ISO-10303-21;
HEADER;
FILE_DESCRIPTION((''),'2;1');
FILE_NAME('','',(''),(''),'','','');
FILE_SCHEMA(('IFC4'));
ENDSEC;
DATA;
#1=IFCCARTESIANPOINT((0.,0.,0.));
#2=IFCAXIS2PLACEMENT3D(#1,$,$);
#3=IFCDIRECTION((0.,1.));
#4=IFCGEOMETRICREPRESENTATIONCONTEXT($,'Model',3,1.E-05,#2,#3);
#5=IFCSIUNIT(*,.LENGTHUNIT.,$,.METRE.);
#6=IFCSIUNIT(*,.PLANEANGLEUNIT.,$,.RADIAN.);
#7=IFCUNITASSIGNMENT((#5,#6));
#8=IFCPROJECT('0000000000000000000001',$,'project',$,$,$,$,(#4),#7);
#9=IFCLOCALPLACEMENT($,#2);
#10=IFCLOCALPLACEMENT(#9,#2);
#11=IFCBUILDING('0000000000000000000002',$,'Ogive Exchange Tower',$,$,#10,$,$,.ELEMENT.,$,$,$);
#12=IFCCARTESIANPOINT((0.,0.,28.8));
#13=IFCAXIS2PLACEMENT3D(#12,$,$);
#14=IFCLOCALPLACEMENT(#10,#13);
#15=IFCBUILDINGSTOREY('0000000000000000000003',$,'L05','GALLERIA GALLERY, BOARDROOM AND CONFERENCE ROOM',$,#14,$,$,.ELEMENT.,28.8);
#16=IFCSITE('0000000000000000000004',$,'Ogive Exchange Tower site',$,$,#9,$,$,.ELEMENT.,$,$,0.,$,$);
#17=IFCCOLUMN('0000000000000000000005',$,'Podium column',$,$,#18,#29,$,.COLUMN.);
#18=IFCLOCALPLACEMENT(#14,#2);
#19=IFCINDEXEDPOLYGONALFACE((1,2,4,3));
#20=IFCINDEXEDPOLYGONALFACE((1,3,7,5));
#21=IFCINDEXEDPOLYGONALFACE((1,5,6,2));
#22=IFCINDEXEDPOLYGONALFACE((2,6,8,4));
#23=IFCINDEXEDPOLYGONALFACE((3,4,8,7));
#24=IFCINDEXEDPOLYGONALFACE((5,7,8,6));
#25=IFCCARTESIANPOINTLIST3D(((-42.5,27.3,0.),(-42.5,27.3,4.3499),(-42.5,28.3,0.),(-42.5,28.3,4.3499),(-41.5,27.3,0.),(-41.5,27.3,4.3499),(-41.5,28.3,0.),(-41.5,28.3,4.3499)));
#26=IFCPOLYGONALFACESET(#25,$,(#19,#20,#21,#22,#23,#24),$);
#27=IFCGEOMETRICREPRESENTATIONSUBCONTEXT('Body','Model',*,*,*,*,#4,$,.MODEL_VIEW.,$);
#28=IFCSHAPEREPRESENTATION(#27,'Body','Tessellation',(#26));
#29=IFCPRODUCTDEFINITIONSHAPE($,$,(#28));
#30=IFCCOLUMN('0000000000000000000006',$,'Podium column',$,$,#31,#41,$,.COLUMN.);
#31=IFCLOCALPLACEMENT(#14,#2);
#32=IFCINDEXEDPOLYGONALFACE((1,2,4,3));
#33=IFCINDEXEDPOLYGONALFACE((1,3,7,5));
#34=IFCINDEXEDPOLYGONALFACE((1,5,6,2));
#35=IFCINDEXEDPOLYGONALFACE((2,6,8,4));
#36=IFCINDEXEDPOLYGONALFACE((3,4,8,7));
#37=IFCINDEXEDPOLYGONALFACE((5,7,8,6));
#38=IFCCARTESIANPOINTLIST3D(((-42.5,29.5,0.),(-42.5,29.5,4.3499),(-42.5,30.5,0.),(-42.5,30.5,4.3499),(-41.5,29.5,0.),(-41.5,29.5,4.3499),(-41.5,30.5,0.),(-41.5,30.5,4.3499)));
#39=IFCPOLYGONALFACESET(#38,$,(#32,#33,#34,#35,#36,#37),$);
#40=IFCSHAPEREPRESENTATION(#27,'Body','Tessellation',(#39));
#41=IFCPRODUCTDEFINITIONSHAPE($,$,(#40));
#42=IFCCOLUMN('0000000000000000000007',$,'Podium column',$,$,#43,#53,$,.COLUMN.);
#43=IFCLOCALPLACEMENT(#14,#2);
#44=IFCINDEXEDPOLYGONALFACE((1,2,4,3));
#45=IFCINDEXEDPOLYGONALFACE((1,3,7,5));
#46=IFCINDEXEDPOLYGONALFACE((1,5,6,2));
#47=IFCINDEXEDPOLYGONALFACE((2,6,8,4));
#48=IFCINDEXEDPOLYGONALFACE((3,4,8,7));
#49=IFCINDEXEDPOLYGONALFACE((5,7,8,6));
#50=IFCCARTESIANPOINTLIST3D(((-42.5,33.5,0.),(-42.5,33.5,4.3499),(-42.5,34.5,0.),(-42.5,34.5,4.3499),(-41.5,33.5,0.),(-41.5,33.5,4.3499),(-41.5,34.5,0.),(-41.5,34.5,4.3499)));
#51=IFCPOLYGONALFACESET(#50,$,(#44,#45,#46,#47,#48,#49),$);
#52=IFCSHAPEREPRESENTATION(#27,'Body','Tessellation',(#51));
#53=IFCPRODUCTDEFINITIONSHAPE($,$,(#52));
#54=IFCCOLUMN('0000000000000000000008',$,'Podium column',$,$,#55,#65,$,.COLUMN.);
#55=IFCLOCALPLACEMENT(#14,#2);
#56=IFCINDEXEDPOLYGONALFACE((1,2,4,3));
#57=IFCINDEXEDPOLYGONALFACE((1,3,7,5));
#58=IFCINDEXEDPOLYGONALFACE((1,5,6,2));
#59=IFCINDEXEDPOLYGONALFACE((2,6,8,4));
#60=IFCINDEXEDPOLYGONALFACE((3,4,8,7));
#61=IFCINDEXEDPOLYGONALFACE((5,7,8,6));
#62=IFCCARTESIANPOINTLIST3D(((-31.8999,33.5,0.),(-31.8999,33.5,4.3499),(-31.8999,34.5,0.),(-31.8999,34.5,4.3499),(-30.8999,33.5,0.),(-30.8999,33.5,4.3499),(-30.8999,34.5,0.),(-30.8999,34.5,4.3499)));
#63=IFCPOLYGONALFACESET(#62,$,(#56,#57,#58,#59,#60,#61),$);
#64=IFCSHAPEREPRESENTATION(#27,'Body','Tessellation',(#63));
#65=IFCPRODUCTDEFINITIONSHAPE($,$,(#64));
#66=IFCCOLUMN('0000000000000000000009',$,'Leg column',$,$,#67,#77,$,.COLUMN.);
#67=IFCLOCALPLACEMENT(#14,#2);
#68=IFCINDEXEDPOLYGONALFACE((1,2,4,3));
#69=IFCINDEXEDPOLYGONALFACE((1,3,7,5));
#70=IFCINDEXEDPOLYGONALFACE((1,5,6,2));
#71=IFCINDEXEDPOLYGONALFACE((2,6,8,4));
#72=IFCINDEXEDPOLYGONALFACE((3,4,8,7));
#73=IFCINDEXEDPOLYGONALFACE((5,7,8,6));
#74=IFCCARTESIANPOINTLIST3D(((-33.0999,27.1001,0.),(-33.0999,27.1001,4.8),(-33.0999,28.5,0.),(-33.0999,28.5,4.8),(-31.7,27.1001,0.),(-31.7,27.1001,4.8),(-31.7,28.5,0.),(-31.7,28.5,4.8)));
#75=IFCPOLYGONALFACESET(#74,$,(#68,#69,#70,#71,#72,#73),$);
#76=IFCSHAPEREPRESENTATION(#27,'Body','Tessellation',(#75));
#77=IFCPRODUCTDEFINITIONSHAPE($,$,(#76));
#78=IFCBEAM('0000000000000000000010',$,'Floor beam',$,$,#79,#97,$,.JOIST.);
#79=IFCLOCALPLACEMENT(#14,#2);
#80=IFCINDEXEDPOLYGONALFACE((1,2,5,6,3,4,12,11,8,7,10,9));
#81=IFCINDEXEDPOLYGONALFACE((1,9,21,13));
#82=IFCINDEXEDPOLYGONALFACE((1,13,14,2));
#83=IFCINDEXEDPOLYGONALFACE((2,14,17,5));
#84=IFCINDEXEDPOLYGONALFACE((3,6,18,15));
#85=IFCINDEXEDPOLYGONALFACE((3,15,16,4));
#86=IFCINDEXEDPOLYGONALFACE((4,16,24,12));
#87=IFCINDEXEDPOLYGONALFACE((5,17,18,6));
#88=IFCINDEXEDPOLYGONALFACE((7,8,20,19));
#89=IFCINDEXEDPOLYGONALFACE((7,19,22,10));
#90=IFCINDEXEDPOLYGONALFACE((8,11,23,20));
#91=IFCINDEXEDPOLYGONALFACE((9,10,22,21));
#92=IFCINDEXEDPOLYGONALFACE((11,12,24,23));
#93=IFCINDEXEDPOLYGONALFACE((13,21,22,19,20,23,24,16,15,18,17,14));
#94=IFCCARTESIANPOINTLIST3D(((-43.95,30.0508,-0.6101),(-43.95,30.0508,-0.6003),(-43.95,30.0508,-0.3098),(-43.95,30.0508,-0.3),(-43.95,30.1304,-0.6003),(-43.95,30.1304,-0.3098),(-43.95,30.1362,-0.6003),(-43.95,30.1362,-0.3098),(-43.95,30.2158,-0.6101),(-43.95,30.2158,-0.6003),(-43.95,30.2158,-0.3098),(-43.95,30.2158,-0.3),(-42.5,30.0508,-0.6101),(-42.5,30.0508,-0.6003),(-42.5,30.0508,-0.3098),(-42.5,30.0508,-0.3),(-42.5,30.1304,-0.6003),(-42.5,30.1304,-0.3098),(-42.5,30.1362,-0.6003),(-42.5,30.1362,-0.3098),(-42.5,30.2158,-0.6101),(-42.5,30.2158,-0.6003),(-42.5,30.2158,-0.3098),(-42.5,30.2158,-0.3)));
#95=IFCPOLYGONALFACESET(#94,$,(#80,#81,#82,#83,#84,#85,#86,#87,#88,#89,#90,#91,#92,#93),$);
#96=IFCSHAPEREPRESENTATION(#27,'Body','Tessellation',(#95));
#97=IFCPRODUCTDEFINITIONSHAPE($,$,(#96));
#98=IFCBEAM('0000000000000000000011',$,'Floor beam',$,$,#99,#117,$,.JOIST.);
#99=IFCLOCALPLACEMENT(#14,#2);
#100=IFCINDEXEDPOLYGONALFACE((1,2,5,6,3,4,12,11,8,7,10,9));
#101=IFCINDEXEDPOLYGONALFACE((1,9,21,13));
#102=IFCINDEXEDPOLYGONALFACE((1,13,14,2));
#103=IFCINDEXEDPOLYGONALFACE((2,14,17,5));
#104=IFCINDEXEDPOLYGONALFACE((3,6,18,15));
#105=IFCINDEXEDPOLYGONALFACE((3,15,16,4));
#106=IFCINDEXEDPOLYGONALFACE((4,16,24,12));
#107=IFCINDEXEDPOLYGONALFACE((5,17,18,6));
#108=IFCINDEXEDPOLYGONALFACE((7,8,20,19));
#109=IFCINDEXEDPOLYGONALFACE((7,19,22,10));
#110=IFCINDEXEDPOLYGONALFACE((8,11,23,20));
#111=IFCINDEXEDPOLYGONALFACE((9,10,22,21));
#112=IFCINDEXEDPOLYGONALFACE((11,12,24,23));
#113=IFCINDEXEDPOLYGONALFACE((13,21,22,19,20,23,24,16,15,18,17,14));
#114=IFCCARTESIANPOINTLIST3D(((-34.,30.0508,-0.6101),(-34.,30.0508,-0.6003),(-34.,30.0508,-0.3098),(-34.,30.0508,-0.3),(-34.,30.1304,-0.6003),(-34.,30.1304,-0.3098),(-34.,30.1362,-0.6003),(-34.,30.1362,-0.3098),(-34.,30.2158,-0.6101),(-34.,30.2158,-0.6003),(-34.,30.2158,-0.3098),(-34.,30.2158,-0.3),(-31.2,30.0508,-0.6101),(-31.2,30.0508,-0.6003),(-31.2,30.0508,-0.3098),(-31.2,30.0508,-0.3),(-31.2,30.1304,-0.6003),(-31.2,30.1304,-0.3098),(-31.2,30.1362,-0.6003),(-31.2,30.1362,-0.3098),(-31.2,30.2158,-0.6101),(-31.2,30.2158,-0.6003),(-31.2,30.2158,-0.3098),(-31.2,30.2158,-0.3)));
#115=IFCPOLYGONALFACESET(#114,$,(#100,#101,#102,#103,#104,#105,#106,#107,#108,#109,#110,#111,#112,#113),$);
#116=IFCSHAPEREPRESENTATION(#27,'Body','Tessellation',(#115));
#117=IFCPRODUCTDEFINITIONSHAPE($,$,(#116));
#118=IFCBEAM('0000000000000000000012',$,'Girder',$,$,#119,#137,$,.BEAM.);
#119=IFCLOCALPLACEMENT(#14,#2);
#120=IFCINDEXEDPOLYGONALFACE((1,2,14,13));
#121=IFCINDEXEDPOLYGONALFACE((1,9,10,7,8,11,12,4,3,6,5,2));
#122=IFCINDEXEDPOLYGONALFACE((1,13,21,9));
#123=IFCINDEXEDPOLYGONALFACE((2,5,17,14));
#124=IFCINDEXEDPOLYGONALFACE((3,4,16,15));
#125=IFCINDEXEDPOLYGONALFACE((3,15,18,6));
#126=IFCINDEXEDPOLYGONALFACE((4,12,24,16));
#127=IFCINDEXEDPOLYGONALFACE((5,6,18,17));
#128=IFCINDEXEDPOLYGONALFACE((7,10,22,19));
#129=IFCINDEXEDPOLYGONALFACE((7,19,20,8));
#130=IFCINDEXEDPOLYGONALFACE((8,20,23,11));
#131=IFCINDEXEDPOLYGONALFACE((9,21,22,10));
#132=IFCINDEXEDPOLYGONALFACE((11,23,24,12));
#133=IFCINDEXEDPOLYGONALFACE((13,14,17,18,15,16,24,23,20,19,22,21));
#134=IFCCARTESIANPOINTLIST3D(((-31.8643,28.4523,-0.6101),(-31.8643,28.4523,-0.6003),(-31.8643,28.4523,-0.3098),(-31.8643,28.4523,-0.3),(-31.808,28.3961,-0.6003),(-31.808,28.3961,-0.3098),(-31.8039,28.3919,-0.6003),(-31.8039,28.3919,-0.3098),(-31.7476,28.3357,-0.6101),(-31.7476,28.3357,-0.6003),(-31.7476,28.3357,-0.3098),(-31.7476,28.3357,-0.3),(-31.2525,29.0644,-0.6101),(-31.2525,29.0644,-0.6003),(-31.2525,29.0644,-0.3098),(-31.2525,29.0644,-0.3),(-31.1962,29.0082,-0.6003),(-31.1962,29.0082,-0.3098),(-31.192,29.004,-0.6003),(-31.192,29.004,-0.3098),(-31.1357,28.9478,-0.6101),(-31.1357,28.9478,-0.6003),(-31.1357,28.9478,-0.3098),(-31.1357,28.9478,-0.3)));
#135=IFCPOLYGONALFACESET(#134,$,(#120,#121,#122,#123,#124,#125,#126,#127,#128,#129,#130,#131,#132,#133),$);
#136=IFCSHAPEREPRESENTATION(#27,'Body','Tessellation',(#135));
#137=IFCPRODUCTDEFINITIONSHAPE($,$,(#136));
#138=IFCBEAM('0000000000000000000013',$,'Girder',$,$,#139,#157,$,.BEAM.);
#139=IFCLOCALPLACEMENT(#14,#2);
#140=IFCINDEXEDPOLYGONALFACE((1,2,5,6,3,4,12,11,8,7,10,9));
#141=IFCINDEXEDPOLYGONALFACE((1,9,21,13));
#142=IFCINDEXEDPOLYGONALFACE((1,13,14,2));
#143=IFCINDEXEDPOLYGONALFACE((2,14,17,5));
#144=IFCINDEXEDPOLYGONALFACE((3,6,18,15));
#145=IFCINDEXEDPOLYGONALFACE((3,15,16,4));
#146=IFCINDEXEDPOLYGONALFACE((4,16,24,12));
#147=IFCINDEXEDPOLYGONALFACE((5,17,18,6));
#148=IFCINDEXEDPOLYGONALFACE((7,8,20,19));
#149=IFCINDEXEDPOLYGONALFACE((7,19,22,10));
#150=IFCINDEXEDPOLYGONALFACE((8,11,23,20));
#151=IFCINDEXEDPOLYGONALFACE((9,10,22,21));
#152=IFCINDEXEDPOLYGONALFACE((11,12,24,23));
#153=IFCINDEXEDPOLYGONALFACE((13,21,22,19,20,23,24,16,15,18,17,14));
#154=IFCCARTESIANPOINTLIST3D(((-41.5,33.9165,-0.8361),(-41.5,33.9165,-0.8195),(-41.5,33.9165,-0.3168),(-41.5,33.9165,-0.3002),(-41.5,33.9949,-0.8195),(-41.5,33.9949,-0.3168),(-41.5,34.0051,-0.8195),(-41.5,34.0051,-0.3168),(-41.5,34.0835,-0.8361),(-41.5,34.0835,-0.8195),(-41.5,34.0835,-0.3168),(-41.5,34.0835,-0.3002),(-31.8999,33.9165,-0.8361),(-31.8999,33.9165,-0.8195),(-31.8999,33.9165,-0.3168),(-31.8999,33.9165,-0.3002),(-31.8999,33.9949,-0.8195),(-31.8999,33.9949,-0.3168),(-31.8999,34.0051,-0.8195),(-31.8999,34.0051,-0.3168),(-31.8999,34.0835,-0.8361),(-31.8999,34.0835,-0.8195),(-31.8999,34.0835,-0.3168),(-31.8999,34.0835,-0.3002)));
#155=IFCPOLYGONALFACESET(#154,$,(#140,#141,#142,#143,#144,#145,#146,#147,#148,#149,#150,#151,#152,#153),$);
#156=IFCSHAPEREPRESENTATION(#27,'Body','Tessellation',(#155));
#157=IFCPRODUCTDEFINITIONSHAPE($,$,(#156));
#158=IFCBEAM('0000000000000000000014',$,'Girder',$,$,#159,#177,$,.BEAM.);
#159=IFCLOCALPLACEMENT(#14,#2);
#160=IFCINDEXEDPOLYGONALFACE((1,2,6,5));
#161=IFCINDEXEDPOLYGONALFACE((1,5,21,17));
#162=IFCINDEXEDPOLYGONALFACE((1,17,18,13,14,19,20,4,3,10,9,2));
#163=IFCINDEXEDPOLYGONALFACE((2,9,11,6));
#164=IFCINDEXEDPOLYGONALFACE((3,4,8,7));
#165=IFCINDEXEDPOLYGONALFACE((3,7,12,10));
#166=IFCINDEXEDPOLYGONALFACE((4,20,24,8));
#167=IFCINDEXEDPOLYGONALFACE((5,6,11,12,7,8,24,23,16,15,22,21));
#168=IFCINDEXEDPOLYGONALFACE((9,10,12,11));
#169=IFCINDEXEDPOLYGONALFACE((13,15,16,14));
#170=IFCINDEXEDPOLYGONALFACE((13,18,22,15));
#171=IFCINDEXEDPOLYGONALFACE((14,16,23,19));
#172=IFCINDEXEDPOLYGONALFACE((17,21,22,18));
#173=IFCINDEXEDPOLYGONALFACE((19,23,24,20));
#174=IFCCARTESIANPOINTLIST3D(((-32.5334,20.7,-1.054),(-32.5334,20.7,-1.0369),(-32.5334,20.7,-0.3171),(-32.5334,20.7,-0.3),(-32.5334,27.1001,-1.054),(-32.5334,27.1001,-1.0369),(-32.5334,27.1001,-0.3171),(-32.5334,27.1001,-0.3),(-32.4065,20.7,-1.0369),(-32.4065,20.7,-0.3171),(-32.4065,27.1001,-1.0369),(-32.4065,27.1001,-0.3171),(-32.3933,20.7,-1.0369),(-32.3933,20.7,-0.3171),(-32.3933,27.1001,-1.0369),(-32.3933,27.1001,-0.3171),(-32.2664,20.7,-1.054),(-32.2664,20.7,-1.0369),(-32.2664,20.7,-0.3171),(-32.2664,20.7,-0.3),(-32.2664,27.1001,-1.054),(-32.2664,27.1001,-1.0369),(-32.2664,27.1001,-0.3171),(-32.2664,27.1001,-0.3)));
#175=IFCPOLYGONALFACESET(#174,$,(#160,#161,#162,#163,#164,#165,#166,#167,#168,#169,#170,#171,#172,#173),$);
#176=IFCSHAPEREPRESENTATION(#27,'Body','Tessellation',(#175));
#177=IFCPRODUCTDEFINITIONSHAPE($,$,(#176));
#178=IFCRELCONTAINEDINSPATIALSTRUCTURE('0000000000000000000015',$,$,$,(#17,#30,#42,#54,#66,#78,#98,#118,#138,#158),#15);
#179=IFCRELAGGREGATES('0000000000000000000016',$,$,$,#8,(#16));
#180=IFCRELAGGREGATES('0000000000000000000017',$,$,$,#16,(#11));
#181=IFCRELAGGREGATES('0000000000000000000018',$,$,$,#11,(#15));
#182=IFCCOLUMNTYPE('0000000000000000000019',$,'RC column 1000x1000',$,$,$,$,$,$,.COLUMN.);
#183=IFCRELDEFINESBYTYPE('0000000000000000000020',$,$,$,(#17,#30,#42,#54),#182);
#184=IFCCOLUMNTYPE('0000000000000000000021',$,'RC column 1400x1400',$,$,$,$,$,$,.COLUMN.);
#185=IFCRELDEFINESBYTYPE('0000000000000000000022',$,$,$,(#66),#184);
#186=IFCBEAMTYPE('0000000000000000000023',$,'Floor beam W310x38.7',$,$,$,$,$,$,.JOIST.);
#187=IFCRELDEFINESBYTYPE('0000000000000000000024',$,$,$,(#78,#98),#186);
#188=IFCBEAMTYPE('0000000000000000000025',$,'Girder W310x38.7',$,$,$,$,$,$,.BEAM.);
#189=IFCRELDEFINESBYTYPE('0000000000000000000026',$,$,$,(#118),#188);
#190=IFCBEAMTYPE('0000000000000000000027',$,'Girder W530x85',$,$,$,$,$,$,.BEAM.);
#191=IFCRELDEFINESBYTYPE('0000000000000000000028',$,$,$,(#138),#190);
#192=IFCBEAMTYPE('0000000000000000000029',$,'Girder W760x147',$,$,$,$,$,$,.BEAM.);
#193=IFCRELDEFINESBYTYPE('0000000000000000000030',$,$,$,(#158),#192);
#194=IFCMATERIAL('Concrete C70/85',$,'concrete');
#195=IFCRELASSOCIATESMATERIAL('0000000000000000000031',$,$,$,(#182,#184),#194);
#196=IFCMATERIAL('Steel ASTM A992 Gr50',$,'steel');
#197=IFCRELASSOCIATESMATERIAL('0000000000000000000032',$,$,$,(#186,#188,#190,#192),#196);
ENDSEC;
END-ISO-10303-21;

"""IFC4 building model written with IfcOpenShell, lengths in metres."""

from ifc_helpers import new_model, si_unit, direction, frame, origin, origin_2d, place, context, subcontext, project, spatial, rectangle, i_section, extrude, material, material_profile, profile_set, type_object, element, save


model = new_model("IFC4")

# Units and contexts
model_context = context("Model", 3, precision=1e-05, world=origin(), true_north=direction((0.0, 1.0)))
body_context = subcontext(model_context, "Body", "Model", "MODEL_VIEW")
ifc_project = project(units=[si_unit("LENGTHUNIT", "METRE"), si_unit("PLANEANGLEUNIT", "RADIAN")], contexts=[model_context])

# Site, building, storey
site_placement = place(None, origin())
site = spatial("IfcSite", under=ifc_project, at=site_placement, Name="Ogive Exchange Tower site", CompositionType="ELEMENT", RefElevation=0.0)
building_placement = place(site_placement, origin())
building = spatial("IfcBuilding", under=site, at=building_placement, Name="Ogive Exchange Tower", CompositionType="ELEMENT")
storey_placement = place(building_placement, frame((0.0, 0.0, 28.8)))
storey = spatial("IfcBuildingStorey", under=building, at=storey_placement, Name="L05", Description="GALLERIA GALLERY, BOARDROOM AND CONFERENCE ROOM", CompositionType="ELEMENT", Elevation=28.8)

# Columns
ifc_material_1 = material(Name="Concrete C70/85", Category="concrete")
ifc_material_profile_1 = material_profile(ifc_material_1, rectangle(XDim=1.0, YDim=1.0, at=origin_2d()), Name="RC 1000x1000")
ifc_profile_set_1 = profile_set([ifc_material_profile_1], Name="Concrete C70/85")
column_type_1 = type_object("IfcColumnType", Name="RC column 1000x1000", PredefinedType="COLUMN", material=ifc_profile_set_1)
for number, where, z_axis, x_axis, name in (
    (1, (-42.0, 27.8, 0.0), (0.0, 0.0, 1.0), (1.0, 0.0, 0.0), "Podium column"),
    (2, (-42.0, 30.0, 0.0), (0.0, 0.0, 1.0), (1.0, 0.0, 0.0), "Podium column"),
    (3, (-42.0, 34.0, 0.0), (0.0, 0.0, 1.0), (1.0, 0.0, 0.0), "Podium column"),
    (4, (-31.3999, 34.0, 0.0), (0.0, 0.0, 1.0), (1.0, 0.0, 0.0), "Podium column"),
):
    element("IfcColumn", number, at=place(storey_placement, frame(where, z_axis=z_axis, x_axis=x_axis)), inside=storey, type_object=column_type_1, Name=name, PredefinedType="COLUMN", context=body_context, shape_type="SweptSolid", body=[
        extrude(rectangle(XDim=1.0, YDim=1.0, at=origin_2d()), origin(), (0.0, 0.0, 1.0), 4.3499),
    ])
ifc_material_profile_2 = material_profile(ifc_material_1, rectangle(XDim=1.3999, YDim=1.3999, at=origin_2d()), Name="RC 1400x1400")
ifc_profile_set_2 = profile_set([ifc_material_profile_2], Name="Concrete C70/85")
column_type_2 = type_object("IfcColumnType", Name="RC column 1400x1400", PredefinedType="COLUMN", material=ifc_profile_set_2)
column_placement = place(storey_placement, frame((-32.3999, 27.8, 0.0), z_axis=(0.0, 0.0, 1.0), x_axis=(1.0, 0.0, 0.0)))
element("IfcColumn", 5, at=column_placement, inside=storey, type_object=column_type_2, Name="Leg column", PredefinedType="COLUMN", context=body_context, shape_type="SweptSolid", body=[
    extrude(rectangle(XDim=1.3999, YDim=1.3999, at=origin_2d()), origin(), (0.0, 0.0, 1.0), 4.8),
])

# Beams
ifc_material_2 = material(Name="Steel ASTM A992 Gr50", Category="steel")
ifc_material_profile_3 = material_profile(ifc_material_2, i_section(OverallWidth=0.165, OverallDepth=0.3101, WebThickness=0.0059, FlangeThickness=0.0098, at=origin_2d()), Name="W310x38.7")
ifc_profile_set_3 = profile_set([ifc_material_profile_3], Name="Steel ASTM A992 Gr50")
beam_type_1 = type_object("IfcBeamType", Name="Floor beam W310x38.7", PredefinedType="JOIST", material=ifc_profile_set_3)
beam_1_placement = place(storey_placement, frame((-43.95, 30.1333, -0.4551), z_axis=(1.0, 0.0, 0.0), x_axis=(0.0, 1.0, 0.0)))
element("IfcBeam", 6, at=beam_1_placement, inside=storey, type_object=beam_type_1, Name="Floor beam", PredefinedType="JOIST", context=body_context, shape_type="SweptSolid", body=[
    extrude(i_section(OverallWidth=0.165, OverallDepth=0.3101, WebThickness=0.0059, FlangeThickness=0.0098, at=origin_2d()), origin(), (0.0, 0.0, 1.0), 1.45),
])
beam_2_placement = place(storey_placement, frame((-34.0, 30.1333, -0.4551), z_axis=(1.0, 0.0, 0.0), x_axis=(0.0, 1.0, 0.0)))
element("IfcBeam", 7, at=beam_2_placement, inside=storey, type_object=beam_type_1, Name="Floor beam", PredefinedType="JOIST", context=body_context, shape_type="SweptSolid", body=[
    extrude(i_section(OverallWidth=0.165, OverallDepth=0.3101, WebThickness=0.0059, FlangeThickness=0.0098, at=origin_2d()), origin(), (0.0, 0.0, 1.0), 2.8),
])
ifc_material_profile_4 = material_profile(ifc_material_2, i_section(OverallWidth=0.165, OverallDepth=0.3101, WebThickness=0.0059, FlangeThickness=0.0098, at=origin_2d()), Name="W310x38.7")
ifc_profile_set_4 = profile_set([ifc_material_profile_4], Name="Steel ASTM A992 Gr50")
beam_type_2 = type_object("IfcBeamType", Name="Girder W310x38.7", PredefinedType="BEAM", material=ifc_profile_set_4)
beam_3_placement = place(storey_placement, frame((-31.1941, 29.0061, -0.4551), z_axis=(-0.706966, -0.707248, 0.0), x_axis=(0.707248, -0.706966, 0.0)))
element("IfcBeam", 8, at=beam_3_placement, inside=storey, type_object=beam_type_2, Name="Girder", PredefinedType="BEAM", context=body_context, shape_type="SweptSolid", body=[
    extrude(i_section(OverallWidth=0.165, OverallDepth=0.3101, WebThickness=0.0059, FlangeThickness=0.0098, at=origin_2d()), origin(), (0.0, 0.0, 1.0), 0.8655),
])
ifc_material_profile_5 = material_profile(ifc_material_2, i_section(OverallWidth=0.167, OverallDepth=0.5359, WebThickness=0.0103, FlangeThickness=0.0166, at=origin_2d()), Name="W530x85")
ifc_profile_set_5 = profile_set([ifc_material_profile_5], Name="Steel ASTM A992 Gr50")
beam_type_3 = type_object("IfcBeamType", Name="Girder W530x85", PredefinedType="BEAM", material=ifc_profile_set_5)
beam_4_placement = place(storey_placement, frame((-41.5, 34.0, -0.5681), z_axis=(1.0, 0.0, 0.0), x_axis=(0.0, 1.0, 0.0)))
element("IfcBeam", 9, at=beam_4_placement, inside=storey, type_object=beam_type_3, Name="Girder", PredefinedType="BEAM", context=body_context, shape_type="SweptSolid", body=[
    extrude(i_section(OverallWidth=0.167, OverallDepth=0.5359, WebThickness=0.0103, FlangeThickness=0.0166, at=origin_2d()), origin(), (0.0, 0.0, 1.0), 9.6001),
])
ifc_material_profile_6 = material_profile(ifc_material_2, i_section(OverallWidth=0.2671, OverallDepth=0.7539, WebThickness=0.0132, FlangeThickness=0.0171, at=origin_2d()), Name="W760x147")
ifc_profile_set_6 = profile_set([ifc_material_profile_6], Name="Steel ASTM A992 Gr50")
beam_type_4 = type_object("IfcBeamType", Name="Girder W760x147", PredefinedType="BEAM", material=ifc_profile_set_6)
beam_5_placement = place(storey_placement, frame((-32.3999, 27.1001, -0.677), z_axis=(0.0, -1.0, 0.0), x_axis=(1.0, 0.0, 0.0)))
element("IfcBeam", 10, at=beam_5_placement, inside=storey, type_object=beam_type_4, Name="Girder", PredefinedType="BEAM", context=body_context, shape_type="SweptSolid", body=[
    extrude(i_section(OverallWidth=0.2671, OverallDepth=0.7539, WebThickness=0.0132, FlangeThickness=0.0171, at=origin_2d()), origin(), (0.0, 0.0, 1.0), 6.4001),
])

save(model, "model.ifc")
